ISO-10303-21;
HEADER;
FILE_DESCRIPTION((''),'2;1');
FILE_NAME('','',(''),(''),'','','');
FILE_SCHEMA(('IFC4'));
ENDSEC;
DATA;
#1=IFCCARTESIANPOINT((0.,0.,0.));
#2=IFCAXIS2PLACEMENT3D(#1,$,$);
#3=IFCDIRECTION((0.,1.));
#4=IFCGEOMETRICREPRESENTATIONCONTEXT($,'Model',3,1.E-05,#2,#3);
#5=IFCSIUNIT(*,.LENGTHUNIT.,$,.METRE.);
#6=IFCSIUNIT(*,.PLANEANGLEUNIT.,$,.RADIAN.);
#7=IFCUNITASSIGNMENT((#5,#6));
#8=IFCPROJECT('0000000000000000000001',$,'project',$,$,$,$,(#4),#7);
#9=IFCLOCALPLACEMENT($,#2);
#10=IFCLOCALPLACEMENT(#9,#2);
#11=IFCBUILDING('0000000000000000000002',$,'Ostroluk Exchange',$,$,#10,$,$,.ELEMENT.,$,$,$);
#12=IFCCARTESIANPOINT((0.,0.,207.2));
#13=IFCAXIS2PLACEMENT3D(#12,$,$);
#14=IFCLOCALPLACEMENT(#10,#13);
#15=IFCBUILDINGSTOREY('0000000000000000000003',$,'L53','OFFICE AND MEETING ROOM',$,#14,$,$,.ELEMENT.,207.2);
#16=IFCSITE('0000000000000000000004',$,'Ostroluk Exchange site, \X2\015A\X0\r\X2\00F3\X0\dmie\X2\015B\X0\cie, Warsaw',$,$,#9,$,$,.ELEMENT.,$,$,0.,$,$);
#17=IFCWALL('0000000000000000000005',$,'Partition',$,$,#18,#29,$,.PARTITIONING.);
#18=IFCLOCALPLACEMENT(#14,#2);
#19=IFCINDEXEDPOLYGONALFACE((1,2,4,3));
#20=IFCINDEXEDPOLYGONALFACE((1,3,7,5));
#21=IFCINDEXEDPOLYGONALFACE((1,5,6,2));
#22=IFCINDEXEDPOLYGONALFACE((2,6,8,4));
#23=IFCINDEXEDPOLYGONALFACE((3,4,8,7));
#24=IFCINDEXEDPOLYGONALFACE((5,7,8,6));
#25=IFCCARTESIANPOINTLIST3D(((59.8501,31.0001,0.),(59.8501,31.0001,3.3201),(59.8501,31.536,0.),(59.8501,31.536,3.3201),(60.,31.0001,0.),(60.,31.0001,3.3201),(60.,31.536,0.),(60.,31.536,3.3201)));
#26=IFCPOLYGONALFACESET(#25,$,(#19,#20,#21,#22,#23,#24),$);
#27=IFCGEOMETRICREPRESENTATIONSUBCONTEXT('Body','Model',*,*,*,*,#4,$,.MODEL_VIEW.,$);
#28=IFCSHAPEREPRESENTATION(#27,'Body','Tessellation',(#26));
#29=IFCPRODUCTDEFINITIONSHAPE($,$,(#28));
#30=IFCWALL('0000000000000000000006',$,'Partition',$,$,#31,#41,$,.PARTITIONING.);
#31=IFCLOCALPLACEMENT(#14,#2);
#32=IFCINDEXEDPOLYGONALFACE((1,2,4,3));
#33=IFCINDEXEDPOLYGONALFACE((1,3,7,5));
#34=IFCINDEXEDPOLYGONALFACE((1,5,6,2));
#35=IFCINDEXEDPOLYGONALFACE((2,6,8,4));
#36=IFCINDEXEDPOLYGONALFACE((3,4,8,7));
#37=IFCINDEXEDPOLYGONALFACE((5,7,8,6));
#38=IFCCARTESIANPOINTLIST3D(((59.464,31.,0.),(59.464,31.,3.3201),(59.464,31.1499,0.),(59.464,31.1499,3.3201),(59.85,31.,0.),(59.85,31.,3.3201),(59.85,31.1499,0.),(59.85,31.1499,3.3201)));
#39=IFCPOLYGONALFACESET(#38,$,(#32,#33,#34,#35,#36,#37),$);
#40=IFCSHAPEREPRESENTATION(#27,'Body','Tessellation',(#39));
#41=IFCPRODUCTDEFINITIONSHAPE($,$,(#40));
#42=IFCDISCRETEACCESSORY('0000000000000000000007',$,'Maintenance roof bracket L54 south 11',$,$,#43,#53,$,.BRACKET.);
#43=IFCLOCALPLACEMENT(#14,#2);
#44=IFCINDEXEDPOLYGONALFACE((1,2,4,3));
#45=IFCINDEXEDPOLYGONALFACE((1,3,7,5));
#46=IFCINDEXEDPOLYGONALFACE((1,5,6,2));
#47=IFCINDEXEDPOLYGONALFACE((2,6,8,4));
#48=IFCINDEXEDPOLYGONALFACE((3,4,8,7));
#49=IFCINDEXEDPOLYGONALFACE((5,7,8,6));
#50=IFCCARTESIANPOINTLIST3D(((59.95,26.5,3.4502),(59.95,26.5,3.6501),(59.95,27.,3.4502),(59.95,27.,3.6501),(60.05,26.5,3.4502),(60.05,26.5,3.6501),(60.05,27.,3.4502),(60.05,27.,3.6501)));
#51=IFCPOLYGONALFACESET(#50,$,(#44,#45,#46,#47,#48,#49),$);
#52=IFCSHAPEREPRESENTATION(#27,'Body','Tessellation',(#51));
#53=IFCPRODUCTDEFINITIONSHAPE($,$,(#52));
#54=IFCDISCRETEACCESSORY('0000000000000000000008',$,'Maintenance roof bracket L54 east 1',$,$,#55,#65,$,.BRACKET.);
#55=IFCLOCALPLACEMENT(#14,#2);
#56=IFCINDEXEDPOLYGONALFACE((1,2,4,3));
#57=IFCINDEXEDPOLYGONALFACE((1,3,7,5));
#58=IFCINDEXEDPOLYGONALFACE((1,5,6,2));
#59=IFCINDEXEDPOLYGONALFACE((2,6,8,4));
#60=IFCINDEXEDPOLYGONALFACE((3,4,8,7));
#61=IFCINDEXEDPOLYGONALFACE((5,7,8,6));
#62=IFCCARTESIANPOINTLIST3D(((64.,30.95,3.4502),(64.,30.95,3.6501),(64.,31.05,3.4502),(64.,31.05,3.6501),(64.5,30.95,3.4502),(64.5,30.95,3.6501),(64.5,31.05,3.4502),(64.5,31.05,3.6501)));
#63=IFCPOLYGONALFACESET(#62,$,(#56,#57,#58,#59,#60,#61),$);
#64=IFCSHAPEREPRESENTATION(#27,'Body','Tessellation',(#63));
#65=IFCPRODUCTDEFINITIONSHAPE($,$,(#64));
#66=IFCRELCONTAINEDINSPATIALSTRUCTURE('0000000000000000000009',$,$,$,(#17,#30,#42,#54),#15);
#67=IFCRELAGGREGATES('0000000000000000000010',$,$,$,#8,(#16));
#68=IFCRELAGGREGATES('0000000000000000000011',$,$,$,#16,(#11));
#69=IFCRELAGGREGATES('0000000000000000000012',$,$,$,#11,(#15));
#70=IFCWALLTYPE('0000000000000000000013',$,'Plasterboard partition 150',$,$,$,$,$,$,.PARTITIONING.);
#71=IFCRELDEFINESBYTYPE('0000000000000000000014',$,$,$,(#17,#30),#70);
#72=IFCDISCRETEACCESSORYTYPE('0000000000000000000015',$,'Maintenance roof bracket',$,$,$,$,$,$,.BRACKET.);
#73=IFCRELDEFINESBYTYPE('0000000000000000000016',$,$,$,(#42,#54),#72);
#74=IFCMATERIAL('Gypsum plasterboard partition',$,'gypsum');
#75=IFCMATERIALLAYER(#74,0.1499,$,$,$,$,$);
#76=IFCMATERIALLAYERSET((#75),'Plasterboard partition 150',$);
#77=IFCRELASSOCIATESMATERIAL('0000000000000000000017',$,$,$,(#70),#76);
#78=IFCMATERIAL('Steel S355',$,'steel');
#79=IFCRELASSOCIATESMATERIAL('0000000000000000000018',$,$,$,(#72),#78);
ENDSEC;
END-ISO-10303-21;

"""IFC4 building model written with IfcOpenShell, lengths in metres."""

from ifc_helpers import new_model, si_unit, direction, frame, frame_2d, origin, origin_2d, place, context, subcontext, project, spatial, rectangle, extrude, material, layer, layer_set, type_object, element, save


model = new_model("IFC4")

# Units and contexts
model_context = context("Model", 3, precision=1e-05, world=origin(), true_north=direction((0.0, 1.0)))
body_context = subcontext(model_context, "Body", "Model", "MODEL_VIEW")
ifc_project = project(units=[si_unit("LENGTHUNIT", "METRE"), si_unit("PLANEANGLEUNIT", "RADIAN")], contexts=[model_context])

# Site, building, storey
site_placement = place(None, origin())
site = spatial("IfcSite", under=ifc_project, at=site_placement, Name="Ostroluk Exchange site, Śródmieście, Warsaw", CompositionType="ELEMENT", RefElevation=0.0)
building_placement = place(site_placement, origin())
building = spatial("IfcBuilding", under=site, at=building_placement, Name="Ostroluk Exchange", CompositionType="ELEMENT")
storey_placement = place(building_placement, frame((0.0, 0.0, 207.2)))
storey = spatial("IfcBuildingStorey", under=building, at=storey_placement, Name="L53", Description="OFFICE AND MEETING ROOM", CompositionType="ELEMENT", Elevation=207.2)

# Walls
ifc_material_1 = material(Name="Gypsum plasterboard partition", Category="gypsum")
ifc_layer_1 = layer(ifc_material_1, 0.1499)
ifc_layer_set_1 = layer_set([ifc_layer_1], Name="Plasterboard partition 150")
wall_type_1 = type_object("IfcWallType", Name="Plasterboard partition 150", PredefinedType="PARTITIONING", material=ifc_layer_set_1)
wall_1_placement = place(storey_placement, frame((59.925, 31.0, 0.0), z_axis=(0.0, 0.0, 1.0), x_axis=(0.0, 1.0, 0.0)))
element("IfcWall", 1, at=wall_1_placement, inside=storey, type_object=wall_type_1, Name="Partition", PredefinedType="PARTITIONING", context=body_context, shape_type="SweptSolid", body=[
    extrude(rectangle(XDim=0.5359, YDim=0.1499, at=frame_2d((0.2681, 0.0))), origin(), (0.0, 0.0, 1.0), 3.3201),
])
wall_2_placement = place(storey_placement, frame((59.4641, 31.075, 0.0), z_axis=(0.0, 0.0, 1.0), x_axis=(1.0, 0.0, 0.0)))
element("IfcWall", 2, at=wall_2_placement, inside=storey, type_object=wall_type_1, Name="Partition", PredefinedType="PARTITIONING", context=body_context, shape_type="SweptSolid", body=[
    extrude(rectangle(XDim=0.386, YDim=0.1499, at=frame_2d((0.1929, 0.0))), origin(), (0.0, 0.0, 1.0), 3.3201),
])

# Discrete accessories
ifc_material_2 = material(Name="Steel S355", Category="steel")
discrete_accessory_type = type_object("IfcDiscreteAccessoryType", Name="Maintenance roof bracket", PredefinedType="BRACKET", material=ifc_material_2)
discrete_accessory_1_placement = place(storey_placement, frame((60.0, 26.75, 3.4502), z_axis=(0.0, 0.0, 1.0), x_axis=(1.0, 0.0, 0.0)))
element("IfcDiscreteAccessory", 3, at=discrete_accessory_1_placement, inside=storey, type_object=discrete_accessory_type, Name="Maintenance roof bracket L54 south 11", PredefinedType="BRACKET", context=body_context, shape_type="SweptSolid", body=[
    extrude(rectangle(XDim=0.1001, YDim=0.5, at=origin_2d()), origin(), (0.0, 0.0, 1.0), 0.2),
])
discrete_accessory_2_placement = place(storey_placement, frame((64.25, 31.0, 3.4502), z_axis=(0.0, 0.0, 1.0), x_axis=(1.0, 0.0, 0.0)))
element("IfcDiscreteAccessory", 4, at=discrete_accessory_2_placement, inside=storey, type_object=discrete_accessory_type, Name="Maintenance roof bracket L54 east 1", PredefinedType="BRACKET", context=body_context, shape_type="SweptSolid", body=[
    extrude(rectangle(XDim=0.5, YDim=0.1001, at=origin_2d()), origin(), (0.0, 0.0, 1.0), 0.2),
])

save(model, "model.ifc")
